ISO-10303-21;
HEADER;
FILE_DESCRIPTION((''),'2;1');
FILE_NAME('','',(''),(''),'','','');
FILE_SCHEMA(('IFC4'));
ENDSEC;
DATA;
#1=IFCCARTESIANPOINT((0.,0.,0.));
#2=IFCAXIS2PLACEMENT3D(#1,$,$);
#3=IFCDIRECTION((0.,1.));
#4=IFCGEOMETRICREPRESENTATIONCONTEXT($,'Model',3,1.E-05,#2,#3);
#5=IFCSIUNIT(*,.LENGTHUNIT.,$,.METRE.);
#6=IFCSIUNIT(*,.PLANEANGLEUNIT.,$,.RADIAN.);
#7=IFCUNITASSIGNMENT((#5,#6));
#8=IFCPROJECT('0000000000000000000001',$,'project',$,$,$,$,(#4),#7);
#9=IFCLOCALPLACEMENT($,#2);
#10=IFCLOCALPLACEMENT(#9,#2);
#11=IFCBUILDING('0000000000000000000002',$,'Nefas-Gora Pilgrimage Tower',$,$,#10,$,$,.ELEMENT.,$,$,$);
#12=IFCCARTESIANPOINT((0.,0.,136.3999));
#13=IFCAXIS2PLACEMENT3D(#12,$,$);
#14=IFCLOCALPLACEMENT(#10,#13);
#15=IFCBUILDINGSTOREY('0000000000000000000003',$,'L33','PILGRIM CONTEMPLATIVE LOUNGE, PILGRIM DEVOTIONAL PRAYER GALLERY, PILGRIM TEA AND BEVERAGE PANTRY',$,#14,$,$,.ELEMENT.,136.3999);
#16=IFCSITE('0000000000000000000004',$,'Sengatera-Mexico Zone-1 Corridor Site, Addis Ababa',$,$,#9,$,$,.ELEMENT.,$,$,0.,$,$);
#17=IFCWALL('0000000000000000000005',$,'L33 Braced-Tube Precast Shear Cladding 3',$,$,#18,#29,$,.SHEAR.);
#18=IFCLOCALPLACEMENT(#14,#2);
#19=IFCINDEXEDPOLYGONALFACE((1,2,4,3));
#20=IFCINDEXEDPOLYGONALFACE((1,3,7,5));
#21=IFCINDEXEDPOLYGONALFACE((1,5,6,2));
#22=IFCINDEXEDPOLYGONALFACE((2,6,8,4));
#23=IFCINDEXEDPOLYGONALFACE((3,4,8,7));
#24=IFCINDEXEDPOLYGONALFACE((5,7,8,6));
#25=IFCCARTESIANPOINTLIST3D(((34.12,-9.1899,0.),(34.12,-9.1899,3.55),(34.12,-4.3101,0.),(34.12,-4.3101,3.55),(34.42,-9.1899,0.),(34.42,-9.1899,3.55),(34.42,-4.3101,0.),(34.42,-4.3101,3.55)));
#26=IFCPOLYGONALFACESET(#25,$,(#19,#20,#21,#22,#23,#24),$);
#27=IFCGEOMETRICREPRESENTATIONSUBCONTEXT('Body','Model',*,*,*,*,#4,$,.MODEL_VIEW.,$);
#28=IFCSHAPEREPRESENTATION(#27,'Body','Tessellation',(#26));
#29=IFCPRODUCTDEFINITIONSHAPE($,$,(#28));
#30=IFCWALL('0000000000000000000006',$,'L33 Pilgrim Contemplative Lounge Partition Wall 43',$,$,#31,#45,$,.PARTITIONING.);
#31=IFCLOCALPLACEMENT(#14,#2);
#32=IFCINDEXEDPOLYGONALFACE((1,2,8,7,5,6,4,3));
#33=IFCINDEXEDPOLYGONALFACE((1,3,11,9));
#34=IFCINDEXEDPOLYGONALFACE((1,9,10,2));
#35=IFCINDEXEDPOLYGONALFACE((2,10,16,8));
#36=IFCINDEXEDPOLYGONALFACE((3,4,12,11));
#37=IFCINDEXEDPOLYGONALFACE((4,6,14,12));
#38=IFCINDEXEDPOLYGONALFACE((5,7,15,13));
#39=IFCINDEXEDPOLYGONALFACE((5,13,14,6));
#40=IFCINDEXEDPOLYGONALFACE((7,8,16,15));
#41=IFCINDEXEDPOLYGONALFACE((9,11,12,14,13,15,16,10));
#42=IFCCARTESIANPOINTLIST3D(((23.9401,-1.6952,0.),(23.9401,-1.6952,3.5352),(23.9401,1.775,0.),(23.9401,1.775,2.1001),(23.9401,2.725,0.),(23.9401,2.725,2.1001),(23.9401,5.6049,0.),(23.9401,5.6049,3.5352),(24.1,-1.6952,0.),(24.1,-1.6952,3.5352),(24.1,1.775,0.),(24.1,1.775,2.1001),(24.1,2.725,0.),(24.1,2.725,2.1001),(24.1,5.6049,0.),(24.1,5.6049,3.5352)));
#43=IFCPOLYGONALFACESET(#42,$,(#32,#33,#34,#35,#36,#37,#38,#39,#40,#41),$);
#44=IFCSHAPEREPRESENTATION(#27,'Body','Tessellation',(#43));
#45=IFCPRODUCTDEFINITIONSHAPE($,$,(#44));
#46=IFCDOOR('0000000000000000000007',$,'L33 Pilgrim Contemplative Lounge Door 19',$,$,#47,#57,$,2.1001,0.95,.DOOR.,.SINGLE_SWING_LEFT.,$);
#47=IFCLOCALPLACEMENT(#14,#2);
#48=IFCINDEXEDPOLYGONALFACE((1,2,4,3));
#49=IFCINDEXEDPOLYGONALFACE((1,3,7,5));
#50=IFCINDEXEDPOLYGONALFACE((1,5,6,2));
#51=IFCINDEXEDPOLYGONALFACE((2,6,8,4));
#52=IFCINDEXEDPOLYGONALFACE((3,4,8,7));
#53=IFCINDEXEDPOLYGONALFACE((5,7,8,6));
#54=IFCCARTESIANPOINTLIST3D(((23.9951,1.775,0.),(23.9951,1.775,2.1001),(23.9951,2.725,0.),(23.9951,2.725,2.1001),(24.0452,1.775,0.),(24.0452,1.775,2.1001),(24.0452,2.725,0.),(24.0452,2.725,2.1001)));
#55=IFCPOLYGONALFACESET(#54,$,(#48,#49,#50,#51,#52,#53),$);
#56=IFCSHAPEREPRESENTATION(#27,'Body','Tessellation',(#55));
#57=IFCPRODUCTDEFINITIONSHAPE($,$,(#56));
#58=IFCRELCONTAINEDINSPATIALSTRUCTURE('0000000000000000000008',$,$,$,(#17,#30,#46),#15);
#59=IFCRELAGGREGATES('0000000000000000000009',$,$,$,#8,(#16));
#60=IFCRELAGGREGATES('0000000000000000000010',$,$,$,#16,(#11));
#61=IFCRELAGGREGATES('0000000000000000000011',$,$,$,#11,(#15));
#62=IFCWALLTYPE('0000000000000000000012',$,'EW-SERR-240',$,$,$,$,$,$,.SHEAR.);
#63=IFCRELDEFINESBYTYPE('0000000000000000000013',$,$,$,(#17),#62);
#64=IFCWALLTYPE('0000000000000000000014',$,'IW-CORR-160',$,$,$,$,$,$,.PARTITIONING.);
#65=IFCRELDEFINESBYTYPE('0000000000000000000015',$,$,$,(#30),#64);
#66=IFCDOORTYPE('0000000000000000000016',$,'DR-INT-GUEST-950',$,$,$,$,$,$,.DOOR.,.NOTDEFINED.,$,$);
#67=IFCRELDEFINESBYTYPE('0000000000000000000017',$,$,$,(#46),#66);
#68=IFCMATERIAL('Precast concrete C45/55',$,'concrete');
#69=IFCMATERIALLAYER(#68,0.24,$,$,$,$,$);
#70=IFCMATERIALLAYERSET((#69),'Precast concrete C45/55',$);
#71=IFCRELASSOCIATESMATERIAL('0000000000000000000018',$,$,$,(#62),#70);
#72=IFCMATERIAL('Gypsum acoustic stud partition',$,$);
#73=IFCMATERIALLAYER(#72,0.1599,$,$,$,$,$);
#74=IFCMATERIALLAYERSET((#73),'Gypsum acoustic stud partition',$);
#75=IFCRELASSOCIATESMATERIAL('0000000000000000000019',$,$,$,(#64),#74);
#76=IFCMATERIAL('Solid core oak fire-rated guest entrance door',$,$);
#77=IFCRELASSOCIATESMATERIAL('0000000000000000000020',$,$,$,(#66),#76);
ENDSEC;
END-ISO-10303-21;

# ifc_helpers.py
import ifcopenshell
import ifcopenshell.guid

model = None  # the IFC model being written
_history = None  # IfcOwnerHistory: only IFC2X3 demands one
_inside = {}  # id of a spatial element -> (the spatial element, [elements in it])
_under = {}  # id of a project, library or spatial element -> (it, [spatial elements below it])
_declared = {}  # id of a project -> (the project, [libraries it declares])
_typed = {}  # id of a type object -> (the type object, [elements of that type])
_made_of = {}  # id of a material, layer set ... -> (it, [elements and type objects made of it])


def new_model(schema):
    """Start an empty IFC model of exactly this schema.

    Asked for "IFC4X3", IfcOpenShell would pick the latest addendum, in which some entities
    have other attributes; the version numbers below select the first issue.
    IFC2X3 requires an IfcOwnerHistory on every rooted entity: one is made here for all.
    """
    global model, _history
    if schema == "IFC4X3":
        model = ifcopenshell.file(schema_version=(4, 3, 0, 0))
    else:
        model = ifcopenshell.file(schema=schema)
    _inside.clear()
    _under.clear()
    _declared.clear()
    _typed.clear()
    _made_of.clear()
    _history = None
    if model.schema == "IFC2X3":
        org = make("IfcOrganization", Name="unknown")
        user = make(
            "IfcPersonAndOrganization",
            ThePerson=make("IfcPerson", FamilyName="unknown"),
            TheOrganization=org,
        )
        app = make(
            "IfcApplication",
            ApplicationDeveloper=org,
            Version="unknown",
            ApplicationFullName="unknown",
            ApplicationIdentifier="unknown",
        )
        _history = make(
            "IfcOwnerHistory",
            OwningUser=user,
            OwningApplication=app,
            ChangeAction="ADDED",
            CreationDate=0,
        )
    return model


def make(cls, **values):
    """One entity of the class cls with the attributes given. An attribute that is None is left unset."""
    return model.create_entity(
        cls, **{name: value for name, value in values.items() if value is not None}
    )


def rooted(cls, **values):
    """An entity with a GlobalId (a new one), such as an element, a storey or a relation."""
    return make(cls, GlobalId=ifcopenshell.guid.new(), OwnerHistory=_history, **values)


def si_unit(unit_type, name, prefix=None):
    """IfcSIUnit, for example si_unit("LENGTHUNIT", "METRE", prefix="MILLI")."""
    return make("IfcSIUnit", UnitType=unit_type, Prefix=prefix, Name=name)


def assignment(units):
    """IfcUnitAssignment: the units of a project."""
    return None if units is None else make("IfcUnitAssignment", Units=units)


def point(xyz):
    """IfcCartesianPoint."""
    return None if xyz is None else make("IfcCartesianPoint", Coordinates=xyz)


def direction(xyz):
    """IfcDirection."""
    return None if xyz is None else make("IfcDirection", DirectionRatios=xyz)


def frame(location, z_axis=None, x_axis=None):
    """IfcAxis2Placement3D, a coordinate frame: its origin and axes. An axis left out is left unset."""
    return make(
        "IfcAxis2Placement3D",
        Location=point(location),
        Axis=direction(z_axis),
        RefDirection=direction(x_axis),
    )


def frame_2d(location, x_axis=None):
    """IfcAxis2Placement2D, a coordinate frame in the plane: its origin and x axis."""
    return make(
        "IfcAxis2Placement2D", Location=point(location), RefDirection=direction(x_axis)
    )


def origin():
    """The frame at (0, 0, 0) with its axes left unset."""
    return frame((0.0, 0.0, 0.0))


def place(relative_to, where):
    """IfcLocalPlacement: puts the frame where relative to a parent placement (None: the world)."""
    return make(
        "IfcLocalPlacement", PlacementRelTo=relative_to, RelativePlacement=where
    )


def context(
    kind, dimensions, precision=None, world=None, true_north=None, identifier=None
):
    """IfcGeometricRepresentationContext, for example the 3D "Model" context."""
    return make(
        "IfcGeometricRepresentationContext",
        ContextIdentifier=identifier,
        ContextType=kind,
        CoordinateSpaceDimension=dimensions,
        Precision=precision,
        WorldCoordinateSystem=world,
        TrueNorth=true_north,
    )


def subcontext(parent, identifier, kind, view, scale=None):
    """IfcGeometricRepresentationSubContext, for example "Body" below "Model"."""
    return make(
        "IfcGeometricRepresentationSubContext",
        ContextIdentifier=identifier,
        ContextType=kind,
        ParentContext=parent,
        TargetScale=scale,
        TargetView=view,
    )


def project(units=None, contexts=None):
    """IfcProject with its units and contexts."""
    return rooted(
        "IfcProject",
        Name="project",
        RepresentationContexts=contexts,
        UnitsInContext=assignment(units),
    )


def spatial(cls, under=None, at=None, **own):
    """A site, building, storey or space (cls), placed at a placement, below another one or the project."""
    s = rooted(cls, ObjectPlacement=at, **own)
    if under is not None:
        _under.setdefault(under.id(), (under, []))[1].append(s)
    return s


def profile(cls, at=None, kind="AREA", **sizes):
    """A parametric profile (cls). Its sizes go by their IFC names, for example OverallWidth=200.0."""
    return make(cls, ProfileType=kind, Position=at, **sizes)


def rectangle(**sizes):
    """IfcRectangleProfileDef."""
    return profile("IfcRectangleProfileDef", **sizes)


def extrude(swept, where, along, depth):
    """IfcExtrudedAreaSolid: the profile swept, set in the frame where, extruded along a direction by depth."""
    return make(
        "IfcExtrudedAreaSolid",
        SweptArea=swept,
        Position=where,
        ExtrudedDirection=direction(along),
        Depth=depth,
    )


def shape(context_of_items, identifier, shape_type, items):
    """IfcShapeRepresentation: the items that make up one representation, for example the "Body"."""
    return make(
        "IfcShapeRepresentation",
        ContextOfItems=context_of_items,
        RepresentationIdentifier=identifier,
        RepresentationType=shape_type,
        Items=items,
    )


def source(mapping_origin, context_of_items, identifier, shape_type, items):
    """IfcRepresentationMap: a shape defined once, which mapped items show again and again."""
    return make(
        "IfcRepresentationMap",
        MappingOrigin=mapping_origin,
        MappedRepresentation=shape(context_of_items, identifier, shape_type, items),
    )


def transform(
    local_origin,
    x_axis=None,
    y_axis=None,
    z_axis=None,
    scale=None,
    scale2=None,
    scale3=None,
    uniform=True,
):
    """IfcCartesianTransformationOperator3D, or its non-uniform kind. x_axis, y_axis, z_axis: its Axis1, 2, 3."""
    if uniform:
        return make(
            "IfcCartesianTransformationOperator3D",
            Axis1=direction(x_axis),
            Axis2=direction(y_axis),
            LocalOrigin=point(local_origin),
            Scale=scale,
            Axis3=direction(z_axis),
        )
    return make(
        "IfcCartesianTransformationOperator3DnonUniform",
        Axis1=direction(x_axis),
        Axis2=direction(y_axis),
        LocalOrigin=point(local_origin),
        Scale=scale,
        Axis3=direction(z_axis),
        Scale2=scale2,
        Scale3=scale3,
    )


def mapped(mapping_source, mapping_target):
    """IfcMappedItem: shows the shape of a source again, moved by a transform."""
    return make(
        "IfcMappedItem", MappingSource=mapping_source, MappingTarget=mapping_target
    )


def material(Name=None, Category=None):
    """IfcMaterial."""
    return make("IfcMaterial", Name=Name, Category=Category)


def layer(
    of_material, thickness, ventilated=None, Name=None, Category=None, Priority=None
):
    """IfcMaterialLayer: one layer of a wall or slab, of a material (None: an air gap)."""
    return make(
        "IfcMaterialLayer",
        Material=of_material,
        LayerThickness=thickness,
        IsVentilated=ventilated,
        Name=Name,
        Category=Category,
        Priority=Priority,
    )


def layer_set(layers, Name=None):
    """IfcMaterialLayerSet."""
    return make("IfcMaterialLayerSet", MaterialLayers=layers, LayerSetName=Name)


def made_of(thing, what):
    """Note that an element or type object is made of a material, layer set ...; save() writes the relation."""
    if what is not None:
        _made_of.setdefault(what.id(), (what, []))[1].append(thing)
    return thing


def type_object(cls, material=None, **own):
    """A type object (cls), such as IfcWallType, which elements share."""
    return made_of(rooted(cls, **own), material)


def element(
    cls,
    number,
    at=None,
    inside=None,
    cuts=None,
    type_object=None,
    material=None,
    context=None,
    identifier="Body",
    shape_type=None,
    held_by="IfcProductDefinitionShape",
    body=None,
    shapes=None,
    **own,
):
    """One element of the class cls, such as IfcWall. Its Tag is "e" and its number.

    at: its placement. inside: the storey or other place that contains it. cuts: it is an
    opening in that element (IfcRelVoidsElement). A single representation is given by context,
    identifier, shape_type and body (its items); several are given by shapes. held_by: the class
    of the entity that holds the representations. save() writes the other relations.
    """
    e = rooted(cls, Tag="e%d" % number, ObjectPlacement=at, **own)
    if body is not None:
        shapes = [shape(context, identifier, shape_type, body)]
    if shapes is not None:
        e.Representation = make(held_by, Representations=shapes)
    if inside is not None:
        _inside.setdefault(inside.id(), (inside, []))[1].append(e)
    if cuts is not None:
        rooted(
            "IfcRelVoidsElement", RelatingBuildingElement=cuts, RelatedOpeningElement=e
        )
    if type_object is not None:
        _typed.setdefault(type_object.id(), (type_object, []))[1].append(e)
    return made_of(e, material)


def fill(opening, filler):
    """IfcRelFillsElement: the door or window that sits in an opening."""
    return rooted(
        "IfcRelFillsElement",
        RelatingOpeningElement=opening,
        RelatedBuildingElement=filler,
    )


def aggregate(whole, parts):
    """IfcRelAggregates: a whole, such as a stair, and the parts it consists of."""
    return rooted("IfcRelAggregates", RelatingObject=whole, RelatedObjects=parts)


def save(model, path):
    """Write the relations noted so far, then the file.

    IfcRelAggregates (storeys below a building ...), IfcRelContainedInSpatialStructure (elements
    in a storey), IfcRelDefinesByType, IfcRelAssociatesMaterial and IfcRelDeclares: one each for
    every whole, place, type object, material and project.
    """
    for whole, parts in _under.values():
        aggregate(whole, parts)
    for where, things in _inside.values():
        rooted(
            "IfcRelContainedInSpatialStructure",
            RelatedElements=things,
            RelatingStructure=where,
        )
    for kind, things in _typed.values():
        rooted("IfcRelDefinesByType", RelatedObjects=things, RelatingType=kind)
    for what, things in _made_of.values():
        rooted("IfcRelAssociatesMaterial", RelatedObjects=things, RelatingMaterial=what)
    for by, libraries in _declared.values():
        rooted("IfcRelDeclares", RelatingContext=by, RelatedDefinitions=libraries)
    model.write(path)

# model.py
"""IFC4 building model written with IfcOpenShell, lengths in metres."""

from ifc_helpers import new_model, si_unit, direction, frame, frame_2d, origin, place, context, subcontext, project, spatial, rectangle, extrude, source, transform, mapped, material, layer, layer_set, type_object, element, fill, save


model = new_model("IFC4")

# Units and contexts
model_context = context("Model", 3, precision=1e-05, world=origin(), true_north=direction((0.0, 1.0)))
body_context = subcontext(model_context, "Body", "Model", "MODEL_VIEW")
ifc_project = project(units=[si_unit("LENGTHUNIT", "METRE"), si_unit("PLANEANGLEUNIT", "RADIAN")], contexts=[model_context])

# Site, building, storey
site_placement = place(None, origin())
site = spatial("IfcSite", under=ifc_project, at=site_placement, Name="Sengatera-Mexico Zone-1 Corridor Site, Addis Ababa", CompositionType="ELEMENT", RefElevation=0.0)
building_placement = place(site_placement, origin())
building = spatial("IfcBuilding", under=site, at=building_placement, Name="Nefas-Gora Pilgrimage Tower", CompositionType="ELEMENT")
storey_placement = place(building_placement, frame((0.0, 0.0, 136.3999)))
storey = spatial("IfcBuildingStorey", under=building, at=storey_placement, Name="L33", Description="PILGRIM CONTEMPLATIVE LOUNGE, PILGRIM DEVOTIONAL PRAYER GALLERY, PILGRIM TEA AND BEVERAGE PANTRY", CompositionType="ELEMENT", Elevation=136.3999)

# Wall
ifc_material_1 = material(Name="Precast concrete C45/55", Category="concrete")
ifc_layer_1 = layer(ifc_material_1, 0.24)
ifc_layer_set_1 = layer_set([ifc_layer_1], Name="Precast concrete C45/55")
wall_type_1 = type_object("IfcWallType", Name="EW-SERR-240", PredefinedType="SHEAR", material=ifc_layer_set_1)
shared_shape_1 = source(origin(), body_context, "Body", "SweptSolid", [
    extrude(rectangle(XDim=4.8799, YDim=0.3, at=frame_2d((2.4399, 0.0))), origin(), (0.0, 0.0, 1.0), 3.55),
])
wall_1_placement = place(storey_placement, frame((34.27, -9.1899, 0.0), z_axis=(0.0, 0.0, 1.0), x_axis=(0.0, 1.0, 0.0)))
element("IfcWall", 1, at=wall_1_placement, inside=storey, type_object=wall_type_1, Name="L33 Braced-Tube Precast Shear Cladding 3", PredefinedType="SHEAR", context=body_context, shape_type="MappedRepresentation", body=[
    mapped(shared_shape_1, transform((0.0, 0.0, 0.0), x_axis=(1.0, 0.0, 0.0), y_axis=(0.0, 1.0, 0.0), z_axis=(0.0, 0.0, 1.0), scale=1.0)),
])

# Wall, opening, door
ifc_material_2 = material(Name="Gypsum acoustic stud partition")
ifc_layer_2 = layer(ifc_material_2, 0.1599)
ifc_layer_set_2 = layer_set([ifc_layer_2], Name="Gypsum acoustic stud partition")
wall_type_2 = type_object("IfcWallType", Name="IW-CORR-160", PredefinedType="PARTITIONING", material=ifc_layer_set_2)
shared_shape_2 = source(origin(), body_context, "Body", "SweptSolid", [
    extrude(rectangle(XDim=7.3, YDim=0.1599, at=frame_2d((3.6499, 0.0))), origin(), (0.0, 0.0, 1.0), 3.5352),
])
wall_2_placement = place(storey_placement, frame((24.02, -1.6951, 0.0), z_axis=(0.0, 0.0, 1.0), x_axis=(0.0, 1.0, 0.0)))
wall_2 = element("IfcWall", 2, at=wall_2_placement, inside=storey, type_object=wall_type_2, Name="L33 Pilgrim Contemplative Lounge Partition Wall 43", PredefinedType="PARTITIONING", context=body_context, shape_type="MappedRepresentation", body=[
    mapped(shared_shape_2, transform((0.0, 0.0, 0.0), x_axis=(1.0, 0.0, 0.0), y_axis=(0.0, 1.0, 0.0), z_axis=(0.0, 0.0, 1.0), scale=1.0)),
])
opening_placement = place(wall_2_placement, frame((3.47, 0.0, 0.0)))
opening = element("IfcOpeningElement", 3, at=opening_placement, cuts=wall_2, PredefinedType="OPENING", context=body_context, shape_type="SweptSolid", body=[
    extrude(rectangle(XDim=0.95, YDim=2.1001, at=frame_2d((0.4751, 1.05))), frame((0.0, 0.0898, 0.0), z_axis=(0.0, -1.0, 0.0), x_axis=(1.0, 0.0, 0.0)), (0.0, 0.0, 1.0), 0.1799),
])
ifc_material_3 = material(Name="Solid core oak fire-rated guest entrance door")
door_type = type_object("IfcDoorType", Name="DR-INT-GUEST-950", OperationType="NOTDEFINED", PredefinedType="DOOR", material=ifc_material_3)
shared_shape_3 = source(origin(), body_context, "Body", "SweptSolid", [
    extrude(rectangle(XDim=0.95, YDim=2.1001, at=frame_2d((0.4751, 1.05))), frame((0.0, 0.0249, 0.0), z_axis=(0.0, -1.0, 0.0), x_axis=(1.0, 0.0, 0.0)), (0.0, 0.0, 1.0), 0.05),
])
door_placement = place(opening_placement, origin())
door = element("IfcDoor", 4, at=door_placement, inside=storey, type_object=door_type, Name="L33 Pilgrim Contemplative Lounge Door 19", OperationType="SINGLE_SWING_LEFT", OverallHeight=2.1001, OverallWidth=0.95, PredefinedType="DOOR", context=body_context, shape_type="MappedRepresentation", body=[
    mapped(shared_shape_3, transform((0.0, 0.0, 0.0), x_axis=(1.0, 0.0, 0.0), y_axis=(0.0, 1.0, 0.0), z_axis=(0.0, 0.0, 1.0), scale=1.0)),
])
fill(opening, door)

save(model, "model.ifc")
